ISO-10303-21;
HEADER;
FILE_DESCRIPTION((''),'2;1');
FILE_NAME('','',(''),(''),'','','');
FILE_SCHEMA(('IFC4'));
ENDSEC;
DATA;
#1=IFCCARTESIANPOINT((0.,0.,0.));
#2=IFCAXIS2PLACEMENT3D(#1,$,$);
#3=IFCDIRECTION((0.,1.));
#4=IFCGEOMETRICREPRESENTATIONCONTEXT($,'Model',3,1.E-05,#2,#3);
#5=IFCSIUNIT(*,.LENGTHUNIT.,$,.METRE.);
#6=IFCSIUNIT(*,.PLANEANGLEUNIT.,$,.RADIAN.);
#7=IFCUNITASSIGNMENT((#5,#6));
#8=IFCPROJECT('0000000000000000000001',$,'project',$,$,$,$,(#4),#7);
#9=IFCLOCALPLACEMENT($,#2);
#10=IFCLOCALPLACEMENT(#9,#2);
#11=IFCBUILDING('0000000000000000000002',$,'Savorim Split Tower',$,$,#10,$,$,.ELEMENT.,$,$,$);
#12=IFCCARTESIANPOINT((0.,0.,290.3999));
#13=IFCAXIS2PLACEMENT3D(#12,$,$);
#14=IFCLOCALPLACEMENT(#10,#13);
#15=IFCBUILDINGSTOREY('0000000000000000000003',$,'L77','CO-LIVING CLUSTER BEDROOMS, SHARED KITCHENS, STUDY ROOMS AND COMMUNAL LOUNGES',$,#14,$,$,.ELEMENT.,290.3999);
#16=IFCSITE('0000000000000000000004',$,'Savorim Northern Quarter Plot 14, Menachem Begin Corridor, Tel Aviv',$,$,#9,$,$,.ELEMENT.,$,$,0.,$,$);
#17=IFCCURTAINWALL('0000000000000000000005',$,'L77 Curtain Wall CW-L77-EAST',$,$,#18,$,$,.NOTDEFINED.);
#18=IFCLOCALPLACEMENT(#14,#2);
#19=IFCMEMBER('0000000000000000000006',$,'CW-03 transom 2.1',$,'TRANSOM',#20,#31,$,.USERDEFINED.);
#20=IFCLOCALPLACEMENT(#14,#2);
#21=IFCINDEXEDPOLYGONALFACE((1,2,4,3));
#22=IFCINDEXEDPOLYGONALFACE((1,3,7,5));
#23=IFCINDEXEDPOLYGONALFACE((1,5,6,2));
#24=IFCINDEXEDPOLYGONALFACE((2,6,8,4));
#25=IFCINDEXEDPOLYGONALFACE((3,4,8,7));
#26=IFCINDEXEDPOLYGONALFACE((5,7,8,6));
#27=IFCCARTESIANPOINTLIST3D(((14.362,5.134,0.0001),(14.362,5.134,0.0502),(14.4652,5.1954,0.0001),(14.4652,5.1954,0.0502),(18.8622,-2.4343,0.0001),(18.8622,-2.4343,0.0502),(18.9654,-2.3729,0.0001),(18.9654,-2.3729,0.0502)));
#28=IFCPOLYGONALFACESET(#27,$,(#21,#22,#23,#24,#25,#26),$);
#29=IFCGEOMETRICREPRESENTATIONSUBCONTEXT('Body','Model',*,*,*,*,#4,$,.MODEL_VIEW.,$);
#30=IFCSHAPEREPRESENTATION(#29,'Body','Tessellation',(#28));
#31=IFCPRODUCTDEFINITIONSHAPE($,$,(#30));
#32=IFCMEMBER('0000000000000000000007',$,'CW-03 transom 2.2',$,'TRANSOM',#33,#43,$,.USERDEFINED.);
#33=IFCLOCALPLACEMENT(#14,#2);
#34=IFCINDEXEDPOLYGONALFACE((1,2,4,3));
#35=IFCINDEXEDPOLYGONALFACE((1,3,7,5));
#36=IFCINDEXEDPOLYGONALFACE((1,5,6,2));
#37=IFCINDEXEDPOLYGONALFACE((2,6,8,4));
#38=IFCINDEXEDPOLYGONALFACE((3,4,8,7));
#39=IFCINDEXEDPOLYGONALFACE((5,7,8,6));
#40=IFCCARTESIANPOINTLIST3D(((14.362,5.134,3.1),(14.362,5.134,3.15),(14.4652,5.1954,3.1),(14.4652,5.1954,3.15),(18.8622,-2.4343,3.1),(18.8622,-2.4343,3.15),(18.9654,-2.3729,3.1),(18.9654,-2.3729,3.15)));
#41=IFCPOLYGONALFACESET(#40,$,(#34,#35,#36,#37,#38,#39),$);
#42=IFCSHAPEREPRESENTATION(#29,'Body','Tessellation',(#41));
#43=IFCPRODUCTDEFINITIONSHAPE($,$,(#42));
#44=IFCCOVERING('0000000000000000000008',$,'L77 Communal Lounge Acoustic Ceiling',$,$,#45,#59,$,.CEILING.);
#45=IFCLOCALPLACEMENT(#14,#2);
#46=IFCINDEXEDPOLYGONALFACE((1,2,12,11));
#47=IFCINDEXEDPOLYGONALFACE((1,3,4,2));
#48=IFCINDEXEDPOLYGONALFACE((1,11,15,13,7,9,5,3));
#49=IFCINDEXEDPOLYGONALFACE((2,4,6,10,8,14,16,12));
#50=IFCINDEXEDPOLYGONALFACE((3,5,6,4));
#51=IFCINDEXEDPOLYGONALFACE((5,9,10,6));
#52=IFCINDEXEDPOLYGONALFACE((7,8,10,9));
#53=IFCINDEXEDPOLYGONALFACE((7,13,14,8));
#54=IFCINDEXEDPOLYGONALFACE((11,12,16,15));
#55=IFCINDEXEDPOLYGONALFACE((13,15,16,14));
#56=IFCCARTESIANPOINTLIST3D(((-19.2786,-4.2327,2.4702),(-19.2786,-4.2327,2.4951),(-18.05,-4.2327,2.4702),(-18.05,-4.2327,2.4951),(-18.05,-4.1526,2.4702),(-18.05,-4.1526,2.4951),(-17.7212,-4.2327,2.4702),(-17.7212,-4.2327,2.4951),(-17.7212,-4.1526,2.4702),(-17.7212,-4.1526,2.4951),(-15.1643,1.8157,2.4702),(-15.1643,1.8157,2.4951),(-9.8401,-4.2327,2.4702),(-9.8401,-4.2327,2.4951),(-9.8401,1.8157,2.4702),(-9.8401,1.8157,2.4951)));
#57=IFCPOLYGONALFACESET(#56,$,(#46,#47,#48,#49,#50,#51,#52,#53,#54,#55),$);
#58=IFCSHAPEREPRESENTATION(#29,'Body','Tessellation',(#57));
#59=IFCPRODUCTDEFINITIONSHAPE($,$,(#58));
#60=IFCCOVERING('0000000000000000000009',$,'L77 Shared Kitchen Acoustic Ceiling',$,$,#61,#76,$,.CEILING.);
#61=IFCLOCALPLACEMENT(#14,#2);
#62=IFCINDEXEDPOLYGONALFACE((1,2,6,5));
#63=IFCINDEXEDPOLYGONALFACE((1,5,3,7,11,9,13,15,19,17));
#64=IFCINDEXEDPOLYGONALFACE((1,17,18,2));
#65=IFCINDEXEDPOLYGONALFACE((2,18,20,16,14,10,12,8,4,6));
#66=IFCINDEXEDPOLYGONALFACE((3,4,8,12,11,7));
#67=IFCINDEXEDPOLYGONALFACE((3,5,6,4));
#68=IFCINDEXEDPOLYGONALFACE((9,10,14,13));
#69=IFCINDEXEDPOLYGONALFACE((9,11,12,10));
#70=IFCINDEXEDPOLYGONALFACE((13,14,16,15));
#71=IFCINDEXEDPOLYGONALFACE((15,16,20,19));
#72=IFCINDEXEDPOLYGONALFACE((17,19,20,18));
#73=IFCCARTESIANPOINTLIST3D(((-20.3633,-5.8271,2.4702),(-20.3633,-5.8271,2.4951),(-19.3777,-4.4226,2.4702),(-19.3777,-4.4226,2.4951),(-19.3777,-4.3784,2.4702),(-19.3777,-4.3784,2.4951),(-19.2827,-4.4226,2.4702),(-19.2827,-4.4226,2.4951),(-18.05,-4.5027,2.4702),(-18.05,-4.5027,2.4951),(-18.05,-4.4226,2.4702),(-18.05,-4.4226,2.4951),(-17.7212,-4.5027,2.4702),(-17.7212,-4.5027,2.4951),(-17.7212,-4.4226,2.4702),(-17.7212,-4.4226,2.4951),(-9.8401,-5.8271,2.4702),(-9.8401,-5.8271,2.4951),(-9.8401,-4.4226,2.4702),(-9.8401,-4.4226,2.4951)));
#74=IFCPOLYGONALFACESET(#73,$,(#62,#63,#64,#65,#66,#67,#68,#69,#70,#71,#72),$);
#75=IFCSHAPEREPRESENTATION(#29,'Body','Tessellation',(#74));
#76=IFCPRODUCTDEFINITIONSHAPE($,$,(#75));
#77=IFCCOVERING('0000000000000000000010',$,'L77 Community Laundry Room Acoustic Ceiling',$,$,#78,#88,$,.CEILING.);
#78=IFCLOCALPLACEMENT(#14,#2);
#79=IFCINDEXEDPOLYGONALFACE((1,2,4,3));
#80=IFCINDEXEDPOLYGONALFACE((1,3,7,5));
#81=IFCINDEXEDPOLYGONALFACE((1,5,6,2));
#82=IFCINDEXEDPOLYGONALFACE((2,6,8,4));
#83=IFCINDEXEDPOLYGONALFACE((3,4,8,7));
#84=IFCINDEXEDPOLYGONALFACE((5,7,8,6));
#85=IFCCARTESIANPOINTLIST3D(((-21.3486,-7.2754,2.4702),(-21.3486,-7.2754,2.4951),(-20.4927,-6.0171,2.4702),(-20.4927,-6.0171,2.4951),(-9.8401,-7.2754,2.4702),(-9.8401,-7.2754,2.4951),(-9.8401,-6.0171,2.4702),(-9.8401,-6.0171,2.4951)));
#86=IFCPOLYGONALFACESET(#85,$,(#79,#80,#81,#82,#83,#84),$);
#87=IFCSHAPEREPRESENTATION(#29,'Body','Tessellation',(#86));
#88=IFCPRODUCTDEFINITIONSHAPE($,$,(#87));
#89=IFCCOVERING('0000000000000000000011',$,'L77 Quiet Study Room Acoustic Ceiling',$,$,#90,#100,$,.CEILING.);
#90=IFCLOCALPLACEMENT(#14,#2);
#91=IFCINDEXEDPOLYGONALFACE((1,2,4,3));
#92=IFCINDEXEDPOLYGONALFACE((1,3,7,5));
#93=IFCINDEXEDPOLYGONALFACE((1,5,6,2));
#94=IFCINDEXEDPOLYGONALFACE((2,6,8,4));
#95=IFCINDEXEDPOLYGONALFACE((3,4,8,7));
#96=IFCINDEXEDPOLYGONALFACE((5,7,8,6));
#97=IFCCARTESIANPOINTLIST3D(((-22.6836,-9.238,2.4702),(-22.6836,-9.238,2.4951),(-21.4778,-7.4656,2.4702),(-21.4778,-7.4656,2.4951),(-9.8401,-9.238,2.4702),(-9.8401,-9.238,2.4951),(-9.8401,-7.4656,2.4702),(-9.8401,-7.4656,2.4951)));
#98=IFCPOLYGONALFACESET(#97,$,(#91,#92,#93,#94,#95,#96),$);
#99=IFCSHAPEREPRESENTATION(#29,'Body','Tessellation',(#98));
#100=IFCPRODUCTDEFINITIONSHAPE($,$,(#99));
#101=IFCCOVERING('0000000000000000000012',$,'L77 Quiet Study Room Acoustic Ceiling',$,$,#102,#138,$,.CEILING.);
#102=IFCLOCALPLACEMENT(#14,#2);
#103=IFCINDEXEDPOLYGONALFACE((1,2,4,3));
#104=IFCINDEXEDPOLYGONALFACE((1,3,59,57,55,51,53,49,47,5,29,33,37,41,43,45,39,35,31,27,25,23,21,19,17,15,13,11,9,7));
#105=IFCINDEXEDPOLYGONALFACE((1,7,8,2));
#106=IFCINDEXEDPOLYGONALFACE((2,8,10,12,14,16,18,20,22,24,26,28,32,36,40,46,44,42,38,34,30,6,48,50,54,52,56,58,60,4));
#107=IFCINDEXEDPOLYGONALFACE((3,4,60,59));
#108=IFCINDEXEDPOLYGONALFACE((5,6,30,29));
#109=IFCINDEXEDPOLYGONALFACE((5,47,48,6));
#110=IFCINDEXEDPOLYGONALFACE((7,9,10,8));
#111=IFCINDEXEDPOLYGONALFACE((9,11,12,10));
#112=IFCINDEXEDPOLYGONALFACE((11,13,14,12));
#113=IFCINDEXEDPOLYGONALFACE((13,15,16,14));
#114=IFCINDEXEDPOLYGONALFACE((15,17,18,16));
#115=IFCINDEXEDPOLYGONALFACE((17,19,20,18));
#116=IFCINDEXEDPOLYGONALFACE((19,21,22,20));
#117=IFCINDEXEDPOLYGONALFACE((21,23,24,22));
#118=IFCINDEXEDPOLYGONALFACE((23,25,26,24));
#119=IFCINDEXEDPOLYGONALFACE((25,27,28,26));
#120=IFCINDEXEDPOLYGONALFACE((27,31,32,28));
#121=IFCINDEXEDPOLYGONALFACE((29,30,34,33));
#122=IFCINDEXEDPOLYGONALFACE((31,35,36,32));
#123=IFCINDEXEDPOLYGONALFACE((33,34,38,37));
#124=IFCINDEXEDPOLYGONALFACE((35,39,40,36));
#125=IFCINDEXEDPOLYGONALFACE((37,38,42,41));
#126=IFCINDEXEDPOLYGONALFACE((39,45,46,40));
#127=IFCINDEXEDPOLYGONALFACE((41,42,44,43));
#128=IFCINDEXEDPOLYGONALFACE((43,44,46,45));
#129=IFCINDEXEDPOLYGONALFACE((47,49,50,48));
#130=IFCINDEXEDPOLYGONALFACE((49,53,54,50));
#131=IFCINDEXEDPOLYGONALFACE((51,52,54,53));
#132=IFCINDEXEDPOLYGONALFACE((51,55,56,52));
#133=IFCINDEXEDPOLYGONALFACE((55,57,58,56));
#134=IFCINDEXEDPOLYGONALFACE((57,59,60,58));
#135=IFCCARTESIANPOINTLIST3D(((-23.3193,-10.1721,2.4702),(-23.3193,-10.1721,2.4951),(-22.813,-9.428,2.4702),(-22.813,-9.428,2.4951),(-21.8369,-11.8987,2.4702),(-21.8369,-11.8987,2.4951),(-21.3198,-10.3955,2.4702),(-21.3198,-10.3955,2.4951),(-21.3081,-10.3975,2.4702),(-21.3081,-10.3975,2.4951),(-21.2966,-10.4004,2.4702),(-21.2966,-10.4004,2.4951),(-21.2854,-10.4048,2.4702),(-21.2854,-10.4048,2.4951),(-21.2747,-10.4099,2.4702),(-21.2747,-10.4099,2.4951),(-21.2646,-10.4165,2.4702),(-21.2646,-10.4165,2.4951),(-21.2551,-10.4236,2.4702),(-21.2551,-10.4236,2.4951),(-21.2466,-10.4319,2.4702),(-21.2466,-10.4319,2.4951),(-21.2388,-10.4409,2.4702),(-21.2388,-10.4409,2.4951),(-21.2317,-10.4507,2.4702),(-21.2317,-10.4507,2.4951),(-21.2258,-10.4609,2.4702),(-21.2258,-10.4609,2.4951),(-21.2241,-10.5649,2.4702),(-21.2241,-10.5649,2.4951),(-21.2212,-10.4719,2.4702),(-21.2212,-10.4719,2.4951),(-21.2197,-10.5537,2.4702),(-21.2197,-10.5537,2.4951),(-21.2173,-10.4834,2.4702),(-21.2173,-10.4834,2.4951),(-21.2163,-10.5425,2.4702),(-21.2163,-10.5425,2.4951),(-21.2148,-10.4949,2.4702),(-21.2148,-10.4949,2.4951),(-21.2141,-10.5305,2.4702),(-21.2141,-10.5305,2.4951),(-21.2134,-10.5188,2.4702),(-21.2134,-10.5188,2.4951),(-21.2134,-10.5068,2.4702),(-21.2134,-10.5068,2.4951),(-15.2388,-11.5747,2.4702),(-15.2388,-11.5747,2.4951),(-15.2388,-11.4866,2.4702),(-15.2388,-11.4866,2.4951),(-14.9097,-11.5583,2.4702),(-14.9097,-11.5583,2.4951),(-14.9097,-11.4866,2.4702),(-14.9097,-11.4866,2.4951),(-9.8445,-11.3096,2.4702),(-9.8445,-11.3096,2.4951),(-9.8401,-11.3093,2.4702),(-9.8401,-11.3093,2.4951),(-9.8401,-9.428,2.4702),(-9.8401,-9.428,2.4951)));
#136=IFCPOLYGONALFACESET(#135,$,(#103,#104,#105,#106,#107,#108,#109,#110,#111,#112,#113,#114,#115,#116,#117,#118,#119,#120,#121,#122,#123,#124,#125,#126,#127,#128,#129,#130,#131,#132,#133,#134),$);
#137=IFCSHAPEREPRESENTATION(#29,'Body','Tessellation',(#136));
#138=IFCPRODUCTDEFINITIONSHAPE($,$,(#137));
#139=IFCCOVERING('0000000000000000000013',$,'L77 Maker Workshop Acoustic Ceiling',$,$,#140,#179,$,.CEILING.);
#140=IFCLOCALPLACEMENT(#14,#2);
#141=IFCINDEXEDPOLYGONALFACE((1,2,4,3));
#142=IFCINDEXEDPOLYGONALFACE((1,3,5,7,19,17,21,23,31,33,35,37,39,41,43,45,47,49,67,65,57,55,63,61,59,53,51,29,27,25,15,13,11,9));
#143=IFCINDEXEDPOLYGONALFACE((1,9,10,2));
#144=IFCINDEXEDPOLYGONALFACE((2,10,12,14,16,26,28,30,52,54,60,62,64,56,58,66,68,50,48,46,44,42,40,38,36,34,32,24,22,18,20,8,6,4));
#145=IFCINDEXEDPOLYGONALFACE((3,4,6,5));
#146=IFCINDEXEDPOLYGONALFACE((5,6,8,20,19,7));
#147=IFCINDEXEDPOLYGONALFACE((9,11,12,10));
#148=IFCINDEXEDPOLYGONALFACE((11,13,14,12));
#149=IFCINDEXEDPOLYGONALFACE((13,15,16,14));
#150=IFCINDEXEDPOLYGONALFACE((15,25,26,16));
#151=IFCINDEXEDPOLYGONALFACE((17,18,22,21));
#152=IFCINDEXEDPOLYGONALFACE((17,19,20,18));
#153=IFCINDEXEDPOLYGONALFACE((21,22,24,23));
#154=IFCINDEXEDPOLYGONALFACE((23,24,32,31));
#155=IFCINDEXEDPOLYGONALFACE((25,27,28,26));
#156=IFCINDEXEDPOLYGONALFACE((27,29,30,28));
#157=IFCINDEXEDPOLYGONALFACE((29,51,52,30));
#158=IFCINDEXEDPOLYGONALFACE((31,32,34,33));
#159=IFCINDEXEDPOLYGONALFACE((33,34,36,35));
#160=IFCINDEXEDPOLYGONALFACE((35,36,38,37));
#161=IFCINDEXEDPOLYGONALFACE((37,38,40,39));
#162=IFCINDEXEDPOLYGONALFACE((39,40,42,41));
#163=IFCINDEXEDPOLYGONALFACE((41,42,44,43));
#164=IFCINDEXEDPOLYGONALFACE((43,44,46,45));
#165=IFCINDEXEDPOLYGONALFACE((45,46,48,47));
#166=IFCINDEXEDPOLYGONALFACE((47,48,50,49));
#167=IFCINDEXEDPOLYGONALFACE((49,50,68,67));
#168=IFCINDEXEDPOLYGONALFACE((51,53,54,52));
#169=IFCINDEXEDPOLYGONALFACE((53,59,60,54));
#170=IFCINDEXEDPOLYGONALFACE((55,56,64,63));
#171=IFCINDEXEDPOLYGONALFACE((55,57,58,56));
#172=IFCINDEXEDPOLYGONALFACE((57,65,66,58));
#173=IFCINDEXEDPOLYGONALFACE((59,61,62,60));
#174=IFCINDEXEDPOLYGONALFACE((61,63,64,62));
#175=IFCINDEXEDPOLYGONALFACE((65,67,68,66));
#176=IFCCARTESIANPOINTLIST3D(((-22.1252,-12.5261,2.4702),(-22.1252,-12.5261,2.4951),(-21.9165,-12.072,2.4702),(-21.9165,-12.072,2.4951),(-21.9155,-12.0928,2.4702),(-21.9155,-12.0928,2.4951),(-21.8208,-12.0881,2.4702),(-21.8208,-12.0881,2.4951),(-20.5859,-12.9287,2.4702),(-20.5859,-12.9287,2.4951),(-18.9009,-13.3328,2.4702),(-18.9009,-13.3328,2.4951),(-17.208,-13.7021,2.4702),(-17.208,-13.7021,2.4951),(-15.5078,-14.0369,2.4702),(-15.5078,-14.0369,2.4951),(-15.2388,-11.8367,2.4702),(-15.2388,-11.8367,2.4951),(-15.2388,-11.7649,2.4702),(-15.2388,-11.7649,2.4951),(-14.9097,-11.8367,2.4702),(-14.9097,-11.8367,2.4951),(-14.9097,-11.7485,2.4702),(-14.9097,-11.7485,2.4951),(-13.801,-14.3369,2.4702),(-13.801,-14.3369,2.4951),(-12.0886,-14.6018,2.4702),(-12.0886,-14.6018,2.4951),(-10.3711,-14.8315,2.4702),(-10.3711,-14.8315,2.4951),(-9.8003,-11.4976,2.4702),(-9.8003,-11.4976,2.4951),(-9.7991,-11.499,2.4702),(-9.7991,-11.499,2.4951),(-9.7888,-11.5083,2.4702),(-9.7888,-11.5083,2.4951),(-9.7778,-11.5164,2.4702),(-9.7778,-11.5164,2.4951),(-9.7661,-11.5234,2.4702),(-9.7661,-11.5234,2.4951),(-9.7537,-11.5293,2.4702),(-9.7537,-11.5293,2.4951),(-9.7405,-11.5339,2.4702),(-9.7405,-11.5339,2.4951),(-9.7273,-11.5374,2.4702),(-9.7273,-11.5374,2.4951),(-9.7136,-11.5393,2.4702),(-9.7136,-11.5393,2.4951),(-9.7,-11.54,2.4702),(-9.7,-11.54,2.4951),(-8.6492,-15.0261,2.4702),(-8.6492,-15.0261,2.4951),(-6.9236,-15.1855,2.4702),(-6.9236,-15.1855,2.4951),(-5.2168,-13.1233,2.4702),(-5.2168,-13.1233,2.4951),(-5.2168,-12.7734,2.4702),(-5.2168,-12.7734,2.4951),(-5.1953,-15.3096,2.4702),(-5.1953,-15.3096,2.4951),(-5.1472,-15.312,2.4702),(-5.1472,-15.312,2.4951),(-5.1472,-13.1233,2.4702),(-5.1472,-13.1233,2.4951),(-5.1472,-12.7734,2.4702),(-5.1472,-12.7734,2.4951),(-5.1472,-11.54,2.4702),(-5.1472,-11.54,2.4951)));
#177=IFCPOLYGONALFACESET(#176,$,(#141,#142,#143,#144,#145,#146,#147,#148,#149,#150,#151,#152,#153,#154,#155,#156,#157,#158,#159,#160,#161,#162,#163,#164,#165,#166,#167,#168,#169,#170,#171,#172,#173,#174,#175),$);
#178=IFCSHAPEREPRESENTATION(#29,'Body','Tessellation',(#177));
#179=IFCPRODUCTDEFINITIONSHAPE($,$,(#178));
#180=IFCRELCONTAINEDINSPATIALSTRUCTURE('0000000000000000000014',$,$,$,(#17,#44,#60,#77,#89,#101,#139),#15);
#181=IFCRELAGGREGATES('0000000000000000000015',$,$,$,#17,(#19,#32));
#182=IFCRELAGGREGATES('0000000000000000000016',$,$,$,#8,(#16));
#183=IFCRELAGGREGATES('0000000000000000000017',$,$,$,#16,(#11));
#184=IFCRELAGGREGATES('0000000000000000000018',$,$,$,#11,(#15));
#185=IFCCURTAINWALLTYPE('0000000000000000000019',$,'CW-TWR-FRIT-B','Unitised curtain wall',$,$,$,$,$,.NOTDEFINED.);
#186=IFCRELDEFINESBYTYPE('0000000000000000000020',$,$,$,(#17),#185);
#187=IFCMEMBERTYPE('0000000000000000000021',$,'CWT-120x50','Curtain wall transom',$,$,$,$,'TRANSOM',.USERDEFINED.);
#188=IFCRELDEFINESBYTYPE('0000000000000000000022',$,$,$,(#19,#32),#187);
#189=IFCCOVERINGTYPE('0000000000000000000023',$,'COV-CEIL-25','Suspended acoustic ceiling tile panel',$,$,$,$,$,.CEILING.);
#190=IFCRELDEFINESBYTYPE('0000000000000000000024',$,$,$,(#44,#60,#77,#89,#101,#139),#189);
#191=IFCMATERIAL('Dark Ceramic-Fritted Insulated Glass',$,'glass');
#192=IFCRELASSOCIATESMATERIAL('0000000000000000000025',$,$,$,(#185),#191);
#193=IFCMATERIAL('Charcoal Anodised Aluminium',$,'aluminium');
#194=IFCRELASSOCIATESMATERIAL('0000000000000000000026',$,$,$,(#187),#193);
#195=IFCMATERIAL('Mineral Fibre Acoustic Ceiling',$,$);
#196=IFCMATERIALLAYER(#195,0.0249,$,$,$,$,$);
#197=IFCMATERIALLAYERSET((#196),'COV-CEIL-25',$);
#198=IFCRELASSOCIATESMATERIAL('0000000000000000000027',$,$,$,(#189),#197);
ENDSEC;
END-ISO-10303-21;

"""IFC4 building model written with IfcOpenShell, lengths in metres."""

from ifc_helpers import new_model, si_unit, direction, frame, origin, origin_2d, place, context, subcontext, project, spatial, polyline, rectangle, outline, extrude, material, layer, layer_set, material_profile, profile_set, type_object, element, aggregate, save


model = new_model("IFC4")

# Units and contexts
model_context = context("Model", 3, precision=1e-05, world=origin(), true_north=direction((0.0, 1.0)))
body_context = subcontext(model_context, "Body", "Model", "MODEL_VIEW")
ifc_project = project(units=[si_unit("LENGTHUNIT", "METRE"), si_unit("PLANEANGLEUNIT", "RADIAN")], contexts=[model_context])

# Site, building, storey
site_placement = place(None, origin())
site = spatial("IfcSite", under=ifc_project, at=site_placement, Name="Savorim Northern Quarter Plot 14, Menachem Begin Corridor, Tel Aviv", CompositionType="ELEMENT", RefElevation=0.0)
building_placement = place(site_placement, origin())
building = spatial("IfcBuilding", under=site, at=building_placement, Name="Savorim Split Tower", CompositionType="ELEMENT")
storey_placement = place(building_placement, frame((0.0, 0.0, 290.3999)))
storey = spatial("IfcBuildingStorey", under=building, at=storey_placement, Name="L77", Description="CO-LIVING CLUSTER BEDROOMS, SHARED KITCHENS, STUDY ROOMS AND COMMUNAL LOUNGES", CompositionType="ELEMENT", Elevation=290.3999)

# Curtain wall, members
ifc_material_1 = material(Name="Dark Ceramic-Fritted Insulated Glass", Category="glass")
curtain_wall_type = type_object("IfcCurtainWallType", Name="CW-TWR-FRIT-B", Description="Unitised curtain wall", PredefinedType="NOTDEFINED", material=ifc_material_1)
curtain_wall_placement = place(storey_placement, origin())
curtain_wall = element("IfcCurtainWall", 1, at=curtain_wall_placement, inside=storey, type_object=curtain_wall_type, Name="L77 Curtain Wall CW-L77-EAST", PredefinedType="NOTDEFINED")
ifc_material_2 = material(Name="Charcoal Anodised Aluminium", Category="aluminium")
ifc_material_profile = material_profile(ifc_material_2, rectangle(XDim=0.1201, YDim=0.05, at=origin_2d()), Name="ALU-T 120x50")
ifc_profile_set = profile_set([ifc_material_profile], Name="Charcoal Anodised Aluminium")
member_type = type_object("IfcMemberType", Name="CWT-120x50", Description="Curtain wall transom", ElementType="TRANSOM", PredefinedType="USERDEFINED", material=ifc_profile_set)
member_1_placement = place(storey_placement, frame((18.9138, -2.4036, 0.0251), z_axis=(-0.511087, 0.859529, 0.0), x_axis=(-0.859529, -0.511087, 0.0)))
member_1 = element("IfcMember", 2, at=member_1_placement, type_object=member_type, Name="CW-03 transom 2.1", ObjectType="TRANSOM", PredefinedType="USERDEFINED", context=body_context, shape_type="SweptSolid", body=[
    extrude(rectangle(XDim=0.1201, YDim=0.05, at=origin_2d()), origin(), (0.0, 0.0, 1.0), 8.8052),
])
member_2_placement = place(storey_placement, frame((18.9138, -2.4036, 3.125), z_axis=(-0.511087, 0.859529, 0.0), x_axis=(-0.859529, -0.511087, 0.0)))
member_2 = element("IfcMember", 3, at=member_2_placement, type_object=member_type, Name="CW-03 transom 2.2", ObjectType="TRANSOM", PredefinedType="USERDEFINED", context=body_context, shape_type="SweptSolid", body=[
    extrude(rectangle(XDim=0.1201, YDim=0.05, at=origin_2d()), origin(), (0.0, 0.0, 1.0), 8.8052),
])
aggregate(curtain_wall, [member_1, member_2])

# Coverings
ifc_material_3 = material(Name="Mineral Fibre Acoustic Ceiling")
ifc_layer_1 = layer(ifc_material_3, 0.0249)
ifc_layer_set_1 = layer_set([ifc_layer_1], Name="COV-CEIL-25")
covering_type_1 = type_object("IfcCoveringType", Name="COV-CEIL-25", Description="Suspended acoustic ceiling tile panel", PredefinedType="CEILING", material=ifc_layer_set_1)
covering_1_placement = place(storey_placement, frame((0.0, 0.0, 2.4702)))
element("IfcCovering", 4, at=covering_1_placement, inside=storey, type_object=covering_type_1, Name="L77 Communal Lounge Acoustic Ceiling", PredefinedType="CEILING", context=body_context, shape_type="SweptSolid", body=[
    extrude(outline(polyline([(-17.7212, -4.1526), (-17.7212, -4.2327), (-9.8401, -4.2327), (-9.8401, 1.8157), (-15.1643, 1.8157), (-19.2786, -4.2327), (-18.05, -4.2327), (-18.05, -4.1526), (-17.7212, -4.1526)])), origin(), (0.0, 0.0, 1.0), 0.0249),
])
covering_2_placement = place(storey_placement, frame((0.0, 0.0, 2.4702)))
element("IfcCovering", 5, at=covering_2_placement, inside=storey, type_object=covering_type_1, Name="L77 Shared Kitchen Acoustic Ceiling", PredefinedType="CEILING", context=body_context, shape_type="SweptSolid", body=[
    extrude(outline(polyline([(-19.2827, -4.4226), (-19.3777, -4.4226), (-19.3777, -4.3784), (-20.3633, -5.8271), (-9.8401, -5.8271), (-9.8401, -4.4226), (-17.7212, -4.4226), (-17.7212, -4.5027), (-18.05, -4.5027), (-18.05, -4.4226), (-19.2827, -4.4226)])), origin(), (0.0, 0.0, 1.0), 0.0249),
])
covering_3_placement = place(storey_placement, frame((0.0, 0.0, 2.4702)))
element("IfcCovering", 6, at=covering_3_placement, inside=storey, type_object=covering_type_1, Name="L77 Community Laundry Room Acoustic Ceiling", PredefinedType="CEILING", context=body_context, shape_type="SweptSolid", body=[
    extrude(outline(polyline([(-9.8401, -7.2754), (-9.8401, -6.0171), (-20.4927, -6.0171), (-21.3486, -7.2754), (-9.8401, -7.2754)])), origin(), (0.0, 0.0, 1.0), 0.0249),
])
covering_4_placement = place(storey_placement, frame((0.0, 0.0, 2.4702)))
element("IfcCovering", 7, at=covering_4_placement, inside=storey, type_object=covering_type_1, Name="L77 Quiet Study Room Acoustic Ceiling", PredefinedType="CEILING", context=body_context, shape_type="SweptSolid", body=[
    extrude(outline(polyline([(-9.8401, -9.238), (-9.8401, -7.4656), (-21.4778, -7.4656), (-22.6836, -9.238), (-9.8401, -9.238)])), origin(), (0.0, 0.0, 1.0), 0.0249),
])
covering_5_placement = place(storey_placement, frame((0.0, 0.0, 2.4702)))
element("IfcCovering", 8, at=covering_5_placement, inside=storey, type_object=covering_type_1, Name="L77 Quiet Study Room Acoustic Ceiling", PredefinedType="CEILING", context=body_context, shape_type="SweptSolid", body=[
    extrude(outline(polyline([(-21.2134, -10.5068), (-21.2134, -10.5188), (-21.2141, -10.5305), (-21.2163, -10.5425), (-21.2197, -10.5537), (-21.2241, -10.5649), (-21.8369, -11.8987), (-15.2388, -11.5747), (-15.2388, -11.4866), (-14.9097, -11.4866), (-14.9097, -11.5583), (-9.8445, -11.3096), (-9.8401, -11.3093), (-9.8401, -9.428), (-22.813, -9.428), (-23.3193, -10.1721), (-21.3198, -10.3955), (-21.3081, -10.3975), (-21.2966, -10.4004), (-21.2854, -10.4048), (-21.2747, -10.4099), (-21.2646, -10.4165), (-21.2551, -10.4236), (-21.2466, -10.4319), (-21.2388, -10.4409), (-21.2317, -10.4507), (-21.2258, -10.4609), (-21.2212, -10.4719), (-21.2173, -10.4834), (-21.2148, -10.4949), (-21.2134, -10.5068)])), origin(), (0.0, 0.0, 1.0), 0.0249),
])
covering_6_placement = place(storey_placement, frame((0.0, 0.0, 2.4702)))
element("IfcCovering", 9, at=covering_6_placement, inside=storey, type_object=covering_type_1, Name="L77 Maker Workshop Acoustic Ceiling", PredefinedType="CEILING", context=body_context, shape_type="SweptSolid", body=[
    extrude(outline(polyline([(-10.3711, -14.8315), (-8.6492, -15.0261), (-6.9236, -15.1855), (-5.1953, -15.3096), (-5.1472, -15.312), (-5.1472, -13.1233), (-5.2168, -13.1233), (-5.2168, -12.7734), (-5.1472, -12.7734), (-5.1472, -11.54), (-9.7, -11.54), (-9.7136, -11.5393), (-9.7273, -11.5374), (-9.7405, -11.5339), (-9.7537, -11.5293), (-9.7661, -11.5234), (-9.7778, -11.5164), (-9.7888, -11.5083), (-9.7991, -11.499), (-9.8003, -11.4976), (-14.9097, -11.7485), (-14.9097, -11.8367), (-15.2388, -11.8367), (-15.2388, -11.7649), (-21.8208, -12.0881), (-21.9155, -12.0928), (-21.9165, -12.072), (-22.1252, -12.5261), (-20.5859, -12.9287), (-18.9009, -13.3328), (-17.208, -13.7021), (-15.5078, -14.0369), (-13.801, -14.3369), (-12.0886, -14.6018), (-10.3711, -14.8315)])), origin(), (0.0, 0.0, 1.0), 0.0249),
])

save(model, "model.ifc")
